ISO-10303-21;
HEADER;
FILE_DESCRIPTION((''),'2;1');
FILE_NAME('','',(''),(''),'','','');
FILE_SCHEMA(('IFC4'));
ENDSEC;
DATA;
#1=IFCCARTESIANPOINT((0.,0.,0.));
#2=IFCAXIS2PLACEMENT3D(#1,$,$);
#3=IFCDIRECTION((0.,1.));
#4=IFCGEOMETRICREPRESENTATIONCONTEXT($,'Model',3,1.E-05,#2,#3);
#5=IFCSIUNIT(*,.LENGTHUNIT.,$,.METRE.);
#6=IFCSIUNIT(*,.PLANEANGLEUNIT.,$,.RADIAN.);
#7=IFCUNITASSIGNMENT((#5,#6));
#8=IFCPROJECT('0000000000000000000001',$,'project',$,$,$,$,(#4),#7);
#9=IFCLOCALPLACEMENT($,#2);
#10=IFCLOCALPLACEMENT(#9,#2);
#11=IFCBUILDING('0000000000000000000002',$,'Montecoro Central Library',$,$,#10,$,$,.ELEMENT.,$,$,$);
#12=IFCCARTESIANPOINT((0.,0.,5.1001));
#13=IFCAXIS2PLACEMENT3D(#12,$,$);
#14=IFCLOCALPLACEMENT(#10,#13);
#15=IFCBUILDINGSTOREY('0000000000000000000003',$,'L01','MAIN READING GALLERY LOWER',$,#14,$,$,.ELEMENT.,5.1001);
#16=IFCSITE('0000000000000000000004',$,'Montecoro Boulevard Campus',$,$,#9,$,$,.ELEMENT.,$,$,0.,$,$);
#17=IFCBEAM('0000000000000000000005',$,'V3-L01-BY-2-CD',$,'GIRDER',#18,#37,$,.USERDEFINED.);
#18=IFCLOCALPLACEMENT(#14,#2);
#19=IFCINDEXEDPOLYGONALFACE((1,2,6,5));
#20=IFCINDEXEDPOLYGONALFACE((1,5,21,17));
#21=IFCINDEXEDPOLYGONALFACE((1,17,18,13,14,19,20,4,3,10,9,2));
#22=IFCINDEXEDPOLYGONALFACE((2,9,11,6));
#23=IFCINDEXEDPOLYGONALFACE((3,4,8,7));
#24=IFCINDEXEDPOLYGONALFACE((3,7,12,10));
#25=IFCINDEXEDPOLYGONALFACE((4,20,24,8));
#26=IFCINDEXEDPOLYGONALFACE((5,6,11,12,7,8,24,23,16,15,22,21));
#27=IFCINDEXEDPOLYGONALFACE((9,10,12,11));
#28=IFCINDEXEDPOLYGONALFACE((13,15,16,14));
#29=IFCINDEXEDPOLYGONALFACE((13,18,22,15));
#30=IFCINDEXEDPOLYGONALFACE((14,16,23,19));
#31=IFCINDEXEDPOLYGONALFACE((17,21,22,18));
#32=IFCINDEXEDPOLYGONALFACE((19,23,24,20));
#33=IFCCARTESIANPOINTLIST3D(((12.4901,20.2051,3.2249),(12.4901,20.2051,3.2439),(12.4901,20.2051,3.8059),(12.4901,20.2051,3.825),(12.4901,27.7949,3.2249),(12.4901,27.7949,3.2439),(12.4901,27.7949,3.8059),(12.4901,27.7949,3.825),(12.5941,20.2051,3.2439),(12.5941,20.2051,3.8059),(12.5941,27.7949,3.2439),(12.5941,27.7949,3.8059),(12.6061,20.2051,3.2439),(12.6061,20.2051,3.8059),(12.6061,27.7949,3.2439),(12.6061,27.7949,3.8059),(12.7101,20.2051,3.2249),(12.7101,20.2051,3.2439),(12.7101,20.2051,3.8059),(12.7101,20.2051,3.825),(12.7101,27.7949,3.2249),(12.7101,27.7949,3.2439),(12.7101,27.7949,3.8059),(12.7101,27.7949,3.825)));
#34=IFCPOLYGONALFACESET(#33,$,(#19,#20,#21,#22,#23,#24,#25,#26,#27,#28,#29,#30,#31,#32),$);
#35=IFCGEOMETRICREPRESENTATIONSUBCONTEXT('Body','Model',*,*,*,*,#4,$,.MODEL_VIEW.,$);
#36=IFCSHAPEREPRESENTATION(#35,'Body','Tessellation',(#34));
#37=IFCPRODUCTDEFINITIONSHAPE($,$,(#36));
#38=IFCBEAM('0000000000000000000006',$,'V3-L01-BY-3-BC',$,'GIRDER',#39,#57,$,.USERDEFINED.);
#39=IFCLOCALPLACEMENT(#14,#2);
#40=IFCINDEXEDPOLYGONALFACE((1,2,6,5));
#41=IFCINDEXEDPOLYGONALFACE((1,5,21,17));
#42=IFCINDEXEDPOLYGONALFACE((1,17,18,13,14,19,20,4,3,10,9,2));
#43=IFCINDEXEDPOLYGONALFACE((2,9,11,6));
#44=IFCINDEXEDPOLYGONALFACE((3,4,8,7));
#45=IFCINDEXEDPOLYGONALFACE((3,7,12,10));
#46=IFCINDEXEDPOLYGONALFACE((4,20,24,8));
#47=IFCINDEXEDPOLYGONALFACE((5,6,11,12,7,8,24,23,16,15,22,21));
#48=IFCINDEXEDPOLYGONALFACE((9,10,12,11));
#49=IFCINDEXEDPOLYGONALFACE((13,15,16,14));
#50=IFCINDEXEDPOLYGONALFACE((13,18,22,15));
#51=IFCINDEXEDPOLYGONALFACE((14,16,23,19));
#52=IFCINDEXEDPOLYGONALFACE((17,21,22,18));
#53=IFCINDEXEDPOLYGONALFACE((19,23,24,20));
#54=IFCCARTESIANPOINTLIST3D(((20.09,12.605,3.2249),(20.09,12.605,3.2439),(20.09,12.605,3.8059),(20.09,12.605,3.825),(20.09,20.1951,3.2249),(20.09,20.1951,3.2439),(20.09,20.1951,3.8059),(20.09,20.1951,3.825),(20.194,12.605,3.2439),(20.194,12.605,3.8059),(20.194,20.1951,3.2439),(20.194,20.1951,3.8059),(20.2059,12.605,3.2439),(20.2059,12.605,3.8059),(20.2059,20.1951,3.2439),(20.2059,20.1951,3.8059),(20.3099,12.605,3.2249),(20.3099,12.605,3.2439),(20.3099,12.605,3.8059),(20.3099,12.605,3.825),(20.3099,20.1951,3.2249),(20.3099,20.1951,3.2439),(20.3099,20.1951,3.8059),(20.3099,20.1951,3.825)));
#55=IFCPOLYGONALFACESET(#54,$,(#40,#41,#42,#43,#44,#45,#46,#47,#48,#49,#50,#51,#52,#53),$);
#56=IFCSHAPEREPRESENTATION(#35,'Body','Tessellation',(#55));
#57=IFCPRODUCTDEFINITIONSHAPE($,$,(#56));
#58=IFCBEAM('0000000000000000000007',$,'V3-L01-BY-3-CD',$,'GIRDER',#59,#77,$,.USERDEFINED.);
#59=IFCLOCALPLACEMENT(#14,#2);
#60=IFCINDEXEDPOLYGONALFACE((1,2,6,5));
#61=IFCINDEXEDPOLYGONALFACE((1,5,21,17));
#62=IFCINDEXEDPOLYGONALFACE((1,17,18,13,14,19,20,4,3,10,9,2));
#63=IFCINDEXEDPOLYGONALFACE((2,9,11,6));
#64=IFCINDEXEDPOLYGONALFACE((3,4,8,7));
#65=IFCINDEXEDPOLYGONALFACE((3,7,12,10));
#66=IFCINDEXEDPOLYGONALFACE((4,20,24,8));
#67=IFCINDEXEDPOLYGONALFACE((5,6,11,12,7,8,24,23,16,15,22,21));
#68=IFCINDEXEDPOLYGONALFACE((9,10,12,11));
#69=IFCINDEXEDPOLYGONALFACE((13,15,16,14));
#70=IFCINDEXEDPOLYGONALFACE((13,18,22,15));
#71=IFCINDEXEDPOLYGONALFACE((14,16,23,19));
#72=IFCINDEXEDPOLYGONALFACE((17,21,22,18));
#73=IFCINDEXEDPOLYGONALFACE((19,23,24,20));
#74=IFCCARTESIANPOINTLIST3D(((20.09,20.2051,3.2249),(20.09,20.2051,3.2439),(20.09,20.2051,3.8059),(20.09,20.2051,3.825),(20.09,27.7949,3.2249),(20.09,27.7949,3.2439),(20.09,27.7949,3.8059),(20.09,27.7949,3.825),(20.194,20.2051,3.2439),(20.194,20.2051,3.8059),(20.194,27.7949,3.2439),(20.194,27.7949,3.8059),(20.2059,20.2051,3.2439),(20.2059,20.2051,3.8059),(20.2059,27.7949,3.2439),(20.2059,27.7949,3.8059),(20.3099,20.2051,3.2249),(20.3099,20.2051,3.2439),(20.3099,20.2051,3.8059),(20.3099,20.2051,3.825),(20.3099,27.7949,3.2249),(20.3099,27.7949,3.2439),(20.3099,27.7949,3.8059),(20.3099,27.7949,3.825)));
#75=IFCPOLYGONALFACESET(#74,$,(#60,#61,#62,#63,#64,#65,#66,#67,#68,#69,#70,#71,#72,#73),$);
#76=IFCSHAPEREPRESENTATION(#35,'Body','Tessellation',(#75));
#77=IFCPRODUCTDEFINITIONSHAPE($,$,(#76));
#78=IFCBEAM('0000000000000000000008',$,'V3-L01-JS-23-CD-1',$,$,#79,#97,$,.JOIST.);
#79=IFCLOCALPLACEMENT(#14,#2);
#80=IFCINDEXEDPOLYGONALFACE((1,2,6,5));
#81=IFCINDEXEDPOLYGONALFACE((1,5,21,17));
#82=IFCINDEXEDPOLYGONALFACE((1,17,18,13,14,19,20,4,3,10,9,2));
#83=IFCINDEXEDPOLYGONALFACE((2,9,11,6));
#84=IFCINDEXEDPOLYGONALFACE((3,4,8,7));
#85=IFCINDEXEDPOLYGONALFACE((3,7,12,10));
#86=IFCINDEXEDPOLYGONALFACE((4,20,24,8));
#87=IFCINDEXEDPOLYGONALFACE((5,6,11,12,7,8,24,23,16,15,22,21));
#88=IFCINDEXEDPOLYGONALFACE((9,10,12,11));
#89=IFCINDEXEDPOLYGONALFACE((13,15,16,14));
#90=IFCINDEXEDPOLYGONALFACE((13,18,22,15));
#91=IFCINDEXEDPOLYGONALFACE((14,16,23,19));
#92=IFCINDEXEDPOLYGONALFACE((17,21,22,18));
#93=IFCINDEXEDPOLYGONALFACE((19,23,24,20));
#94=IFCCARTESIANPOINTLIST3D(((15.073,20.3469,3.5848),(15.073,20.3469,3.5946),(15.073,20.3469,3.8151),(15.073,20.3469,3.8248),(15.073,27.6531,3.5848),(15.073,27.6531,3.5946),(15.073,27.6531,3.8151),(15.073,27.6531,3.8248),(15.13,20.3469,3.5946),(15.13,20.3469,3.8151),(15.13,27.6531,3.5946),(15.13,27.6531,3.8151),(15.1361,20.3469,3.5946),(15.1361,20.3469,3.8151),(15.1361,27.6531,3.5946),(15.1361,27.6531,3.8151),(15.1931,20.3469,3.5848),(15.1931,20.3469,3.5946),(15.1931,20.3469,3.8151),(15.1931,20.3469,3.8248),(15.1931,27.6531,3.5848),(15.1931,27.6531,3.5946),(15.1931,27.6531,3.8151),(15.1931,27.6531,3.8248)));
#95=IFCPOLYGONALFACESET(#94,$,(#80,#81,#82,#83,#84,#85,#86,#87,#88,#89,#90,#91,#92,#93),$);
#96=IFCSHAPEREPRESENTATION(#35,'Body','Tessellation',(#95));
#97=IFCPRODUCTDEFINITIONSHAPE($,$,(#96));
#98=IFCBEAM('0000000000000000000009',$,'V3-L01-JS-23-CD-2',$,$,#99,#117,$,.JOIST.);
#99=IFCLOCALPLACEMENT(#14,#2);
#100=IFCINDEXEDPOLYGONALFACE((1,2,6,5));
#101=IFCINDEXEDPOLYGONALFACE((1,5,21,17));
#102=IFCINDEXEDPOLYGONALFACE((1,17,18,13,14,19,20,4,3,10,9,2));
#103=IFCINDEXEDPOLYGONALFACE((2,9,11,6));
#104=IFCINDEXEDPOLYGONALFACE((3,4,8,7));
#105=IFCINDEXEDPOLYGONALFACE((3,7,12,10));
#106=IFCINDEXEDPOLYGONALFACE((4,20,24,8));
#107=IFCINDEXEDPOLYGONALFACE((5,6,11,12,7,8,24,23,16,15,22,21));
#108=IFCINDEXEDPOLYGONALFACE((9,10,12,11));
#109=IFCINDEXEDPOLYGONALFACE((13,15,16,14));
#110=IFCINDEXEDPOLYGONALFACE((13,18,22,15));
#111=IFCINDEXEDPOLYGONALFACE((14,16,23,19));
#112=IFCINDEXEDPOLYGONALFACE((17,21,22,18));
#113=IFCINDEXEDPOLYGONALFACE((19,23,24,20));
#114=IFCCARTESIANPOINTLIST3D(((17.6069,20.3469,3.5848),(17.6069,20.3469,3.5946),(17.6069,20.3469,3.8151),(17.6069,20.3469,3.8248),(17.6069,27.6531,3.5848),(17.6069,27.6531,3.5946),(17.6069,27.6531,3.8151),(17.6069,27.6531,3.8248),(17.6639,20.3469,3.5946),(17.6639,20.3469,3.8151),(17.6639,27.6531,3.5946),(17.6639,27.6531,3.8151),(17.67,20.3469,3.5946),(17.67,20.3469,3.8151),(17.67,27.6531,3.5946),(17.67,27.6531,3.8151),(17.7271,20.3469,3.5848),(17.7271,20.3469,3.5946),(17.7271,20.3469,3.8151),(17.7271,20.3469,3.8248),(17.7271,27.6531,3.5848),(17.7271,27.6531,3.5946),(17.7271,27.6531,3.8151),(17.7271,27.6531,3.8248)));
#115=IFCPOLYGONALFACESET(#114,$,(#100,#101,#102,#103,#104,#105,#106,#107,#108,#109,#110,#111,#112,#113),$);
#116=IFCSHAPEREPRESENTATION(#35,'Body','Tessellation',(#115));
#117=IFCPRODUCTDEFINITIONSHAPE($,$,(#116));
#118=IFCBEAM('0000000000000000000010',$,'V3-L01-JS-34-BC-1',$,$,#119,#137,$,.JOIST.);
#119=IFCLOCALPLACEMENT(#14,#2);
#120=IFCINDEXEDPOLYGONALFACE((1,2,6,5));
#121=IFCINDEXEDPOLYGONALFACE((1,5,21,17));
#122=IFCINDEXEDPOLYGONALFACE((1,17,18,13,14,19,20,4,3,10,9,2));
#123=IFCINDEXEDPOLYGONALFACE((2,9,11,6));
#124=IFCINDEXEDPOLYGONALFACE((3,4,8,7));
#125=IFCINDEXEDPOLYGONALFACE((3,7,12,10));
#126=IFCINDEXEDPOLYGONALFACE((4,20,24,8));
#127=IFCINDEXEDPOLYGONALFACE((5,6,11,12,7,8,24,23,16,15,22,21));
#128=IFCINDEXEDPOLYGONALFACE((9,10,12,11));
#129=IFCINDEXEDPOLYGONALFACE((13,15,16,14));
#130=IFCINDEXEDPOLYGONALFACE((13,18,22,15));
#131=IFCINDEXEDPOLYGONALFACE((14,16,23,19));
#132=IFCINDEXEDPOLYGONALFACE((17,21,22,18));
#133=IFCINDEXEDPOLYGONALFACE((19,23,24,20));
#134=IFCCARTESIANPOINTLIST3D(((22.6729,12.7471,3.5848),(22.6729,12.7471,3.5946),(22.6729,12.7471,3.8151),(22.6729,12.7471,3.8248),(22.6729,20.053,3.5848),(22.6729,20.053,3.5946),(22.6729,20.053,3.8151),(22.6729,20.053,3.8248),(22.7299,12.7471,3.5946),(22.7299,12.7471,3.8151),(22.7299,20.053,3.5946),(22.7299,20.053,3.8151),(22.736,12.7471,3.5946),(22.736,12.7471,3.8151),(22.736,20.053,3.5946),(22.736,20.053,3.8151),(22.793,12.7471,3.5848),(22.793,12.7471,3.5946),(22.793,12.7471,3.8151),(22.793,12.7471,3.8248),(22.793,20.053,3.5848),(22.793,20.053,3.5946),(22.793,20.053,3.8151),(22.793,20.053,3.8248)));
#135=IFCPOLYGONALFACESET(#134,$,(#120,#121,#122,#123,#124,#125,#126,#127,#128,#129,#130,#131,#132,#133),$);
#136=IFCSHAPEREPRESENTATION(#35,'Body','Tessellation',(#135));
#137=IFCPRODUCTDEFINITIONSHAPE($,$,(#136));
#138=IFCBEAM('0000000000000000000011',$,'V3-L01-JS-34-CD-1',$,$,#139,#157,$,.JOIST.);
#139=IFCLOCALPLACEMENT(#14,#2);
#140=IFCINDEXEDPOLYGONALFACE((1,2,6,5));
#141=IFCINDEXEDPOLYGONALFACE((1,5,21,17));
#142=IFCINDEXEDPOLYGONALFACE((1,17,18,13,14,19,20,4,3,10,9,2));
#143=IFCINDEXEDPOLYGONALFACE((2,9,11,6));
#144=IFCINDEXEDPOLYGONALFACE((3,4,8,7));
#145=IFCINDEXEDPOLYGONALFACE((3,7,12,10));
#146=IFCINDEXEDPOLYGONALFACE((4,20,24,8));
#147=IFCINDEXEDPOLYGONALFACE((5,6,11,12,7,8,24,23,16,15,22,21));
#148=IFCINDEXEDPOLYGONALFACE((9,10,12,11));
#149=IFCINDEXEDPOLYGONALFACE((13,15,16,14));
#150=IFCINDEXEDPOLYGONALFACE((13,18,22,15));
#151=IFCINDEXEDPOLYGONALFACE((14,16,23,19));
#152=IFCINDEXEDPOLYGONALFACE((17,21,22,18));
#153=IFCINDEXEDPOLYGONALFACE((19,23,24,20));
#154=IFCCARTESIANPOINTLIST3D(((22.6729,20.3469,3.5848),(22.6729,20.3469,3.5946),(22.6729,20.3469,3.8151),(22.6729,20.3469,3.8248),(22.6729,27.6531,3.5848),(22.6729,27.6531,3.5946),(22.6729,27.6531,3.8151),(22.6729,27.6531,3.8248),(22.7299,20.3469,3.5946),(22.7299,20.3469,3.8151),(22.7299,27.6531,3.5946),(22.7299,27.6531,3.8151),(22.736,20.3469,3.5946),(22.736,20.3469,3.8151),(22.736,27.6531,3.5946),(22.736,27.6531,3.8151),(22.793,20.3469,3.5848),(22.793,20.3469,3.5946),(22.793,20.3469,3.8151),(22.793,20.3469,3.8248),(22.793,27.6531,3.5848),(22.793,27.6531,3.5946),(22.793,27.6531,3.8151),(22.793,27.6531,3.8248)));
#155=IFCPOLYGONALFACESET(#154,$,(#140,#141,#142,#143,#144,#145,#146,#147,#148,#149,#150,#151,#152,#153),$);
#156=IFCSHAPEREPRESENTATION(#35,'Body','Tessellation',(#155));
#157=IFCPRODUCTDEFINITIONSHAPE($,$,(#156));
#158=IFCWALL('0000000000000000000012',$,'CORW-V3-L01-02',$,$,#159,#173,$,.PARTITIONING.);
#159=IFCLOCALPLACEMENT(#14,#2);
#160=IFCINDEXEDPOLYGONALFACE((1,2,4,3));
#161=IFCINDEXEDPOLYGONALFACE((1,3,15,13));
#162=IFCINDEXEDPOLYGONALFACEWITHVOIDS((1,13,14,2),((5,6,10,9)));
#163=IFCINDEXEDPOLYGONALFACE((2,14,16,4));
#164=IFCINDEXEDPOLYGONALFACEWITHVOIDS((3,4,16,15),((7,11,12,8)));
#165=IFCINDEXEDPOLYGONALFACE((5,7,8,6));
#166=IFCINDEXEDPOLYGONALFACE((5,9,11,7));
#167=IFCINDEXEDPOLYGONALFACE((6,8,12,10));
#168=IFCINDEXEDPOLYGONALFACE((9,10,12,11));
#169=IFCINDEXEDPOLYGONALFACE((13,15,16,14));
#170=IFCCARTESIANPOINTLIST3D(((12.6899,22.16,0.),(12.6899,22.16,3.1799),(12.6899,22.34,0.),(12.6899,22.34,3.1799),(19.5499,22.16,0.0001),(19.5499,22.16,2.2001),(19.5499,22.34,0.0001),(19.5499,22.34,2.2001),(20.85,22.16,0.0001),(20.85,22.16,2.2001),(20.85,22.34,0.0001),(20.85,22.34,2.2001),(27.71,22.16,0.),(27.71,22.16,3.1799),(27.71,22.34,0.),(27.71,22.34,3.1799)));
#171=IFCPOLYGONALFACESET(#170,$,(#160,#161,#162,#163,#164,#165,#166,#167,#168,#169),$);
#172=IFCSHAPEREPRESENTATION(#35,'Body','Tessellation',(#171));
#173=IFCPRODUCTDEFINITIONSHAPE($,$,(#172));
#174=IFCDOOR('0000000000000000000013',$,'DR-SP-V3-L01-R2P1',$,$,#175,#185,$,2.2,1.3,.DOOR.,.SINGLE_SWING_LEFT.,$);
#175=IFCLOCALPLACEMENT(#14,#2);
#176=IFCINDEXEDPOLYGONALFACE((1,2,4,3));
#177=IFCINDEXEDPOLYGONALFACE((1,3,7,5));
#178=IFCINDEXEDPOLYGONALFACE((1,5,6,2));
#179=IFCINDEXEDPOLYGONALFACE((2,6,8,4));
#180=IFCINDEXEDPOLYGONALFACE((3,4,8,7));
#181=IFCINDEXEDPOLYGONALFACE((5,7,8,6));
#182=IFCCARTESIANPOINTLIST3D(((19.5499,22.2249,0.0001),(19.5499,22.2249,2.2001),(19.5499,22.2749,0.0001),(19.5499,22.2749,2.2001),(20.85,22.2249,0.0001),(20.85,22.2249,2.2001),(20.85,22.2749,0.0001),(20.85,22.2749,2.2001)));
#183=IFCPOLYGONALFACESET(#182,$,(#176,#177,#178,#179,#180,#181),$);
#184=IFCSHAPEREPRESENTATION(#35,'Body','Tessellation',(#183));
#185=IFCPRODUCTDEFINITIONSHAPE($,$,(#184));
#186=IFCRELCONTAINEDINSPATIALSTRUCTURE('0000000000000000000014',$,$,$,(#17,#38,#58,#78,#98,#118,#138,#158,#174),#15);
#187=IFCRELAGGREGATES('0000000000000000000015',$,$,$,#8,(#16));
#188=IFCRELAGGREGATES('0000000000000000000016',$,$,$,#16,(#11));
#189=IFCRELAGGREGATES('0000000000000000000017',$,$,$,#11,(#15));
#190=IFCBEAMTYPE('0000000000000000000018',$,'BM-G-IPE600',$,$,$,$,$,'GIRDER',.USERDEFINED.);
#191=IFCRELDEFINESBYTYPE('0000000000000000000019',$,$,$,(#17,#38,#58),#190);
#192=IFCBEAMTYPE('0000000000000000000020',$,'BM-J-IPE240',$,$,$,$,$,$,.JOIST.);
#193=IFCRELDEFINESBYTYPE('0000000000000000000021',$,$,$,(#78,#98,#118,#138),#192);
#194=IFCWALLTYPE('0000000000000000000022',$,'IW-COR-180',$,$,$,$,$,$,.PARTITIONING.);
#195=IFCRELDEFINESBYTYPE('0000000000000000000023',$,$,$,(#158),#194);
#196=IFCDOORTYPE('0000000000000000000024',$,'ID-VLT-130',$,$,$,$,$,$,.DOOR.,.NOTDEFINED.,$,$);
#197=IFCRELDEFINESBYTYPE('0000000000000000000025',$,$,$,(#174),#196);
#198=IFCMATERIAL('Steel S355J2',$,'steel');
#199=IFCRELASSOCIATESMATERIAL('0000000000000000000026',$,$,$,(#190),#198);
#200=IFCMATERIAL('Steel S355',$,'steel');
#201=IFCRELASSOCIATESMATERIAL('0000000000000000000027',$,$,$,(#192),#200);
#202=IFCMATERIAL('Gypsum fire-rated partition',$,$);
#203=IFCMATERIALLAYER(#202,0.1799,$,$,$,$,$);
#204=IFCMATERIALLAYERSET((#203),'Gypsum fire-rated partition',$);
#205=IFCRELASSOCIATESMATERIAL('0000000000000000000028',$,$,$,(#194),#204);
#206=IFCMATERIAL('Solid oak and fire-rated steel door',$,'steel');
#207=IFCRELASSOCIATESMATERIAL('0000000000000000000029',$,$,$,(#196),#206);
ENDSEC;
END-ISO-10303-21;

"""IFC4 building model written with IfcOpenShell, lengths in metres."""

from ifc_helpers import new_model, si_unit, direction, frame, frame_2d, origin, origin_2d, place, context, subcontext, project, spatial, rectangle, i_section, extrude, material, layer, layer_set, material_profile, profile_set, type_object, element, fill, save


model = new_model("IFC4")

# Units and contexts
model_context = context("Model", 3, precision=1e-05, world=origin(), true_north=direction((0.0, 1.0)))
body_context = subcontext(model_context, "Body", "Model", "MODEL_VIEW")
ifc_project = project(units=[si_unit("LENGTHUNIT", "METRE"), si_unit("PLANEANGLEUNIT", "RADIAN")], contexts=[model_context])

# Site, building, storey
site_placement = place(None, origin())
site = spatial("IfcSite", under=ifc_project, at=site_placement, Name="Montecoro Boulevard Campus", CompositionType="ELEMENT", RefElevation=0.0)
building_placement = place(site_placement, origin())
building = spatial("IfcBuilding", under=site, at=building_placement, Name="Montecoro Central Library", CompositionType="ELEMENT")
storey_placement = place(building_placement, frame((0.0, 0.0, 5.1001)))
storey = spatial("IfcBuildingStorey", under=building, at=storey_placement, Name="L01", Description="MAIN READING GALLERY LOWER", CompositionType="ELEMENT", Elevation=5.1001)

# Shared definitions
ifc_material_1 = material(Name="Steel S355", Category="steel")

# Beams
ifc_material_2 = material(Name="Steel S355J2", Category="steel")
ifc_material_profile_1 = material_profile(ifc_material_2, i_section(OverallWidth=0.22, OverallDepth=0.6001, WebThickness=0.012, FlangeThickness=0.019, at=origin_2d()), Name="IPE 600")
ifc_profile_set_1 = profile_set([ifc_material_profile_1], Name="Steel S355J2")
beam_type_1 = type_object("IfcBeamType", Name="BM-G-IPE600", ElementType="GIRDER", PredefinedType="USERDEFINED", material=ifc_profile_set_1)
beam_1_placement = place(storey_placement, frame((12.6001, 20.2051, 3.5249), z_axis=(0.0, 1.0, 0.0), x_axis=(-1.0, 0.0, 0.0)))
element("IfcBeam", 1, at=beam_1_placement, inside=storey, type_object=beam_type_1, Name="V3-L01-BY-2-CD", ObjectType="GIRDER", PredefinedType="USERDEFINED", context=body_context, shape_type="SweptSolid", body=[
    extrude(i_section(OverallWidth=0.22, OverallDepth=0.6001, WebThickness=0.012, FlangeThickness=0.019, at=origin_2d()), origin(), (0.0, 0.0, 1.0), 7.5898),
])
beam_2_placement = place(storey_placement, frame((20.2, 12.605, 3.5249), z_axis=(0.0, 1.0, 0.0), x_axis=(-1.0, 0.0, 0.0)))
element("IfcBeam", 2, at=beam_2_placement, inside=storey, type_object=beam_type_1, Name="V3-L01-BY-3-BC", ObjectType="GIRDER", PredefinedType="USERDEFINED", context=body_context, shape_type="SweptSolid", body=[
    extrude(i_section(OverallWidth=0.22, OverallDepth=0.6001, WebThickness=0.012, FlangeThickness=0.019, at=origin_2d()), origin(), (0.0, 0.0, 1.0), 7.5901),
])
beam_3_placement = place(storey_placement, frame((20.2, 20.2051, 3.5249), z_axis=(0.0, 1.0, 0.0), x_axis=(-1.0, 0.0, 0.0)))
element("IfcBeam", 3, at=beam_3_placement, inside=storey, type_object=beam_type_1, Name="V3-L01-BY-3-CD", ObjectType="GIRDER", PredefinedType="USERDEFINED", context=body_context, shape_type="SweptSolid", body=[
    extrude(i_section(OverallWidth=0.22, OverallDepth=0.6001, WebThickness=0.012, FlangeThickness=0.019, at=origin_2d()), origin(), (0.0, 0.0, 1.0), 7.5898),
])
ifc_material_profile_2 = material_profile(ifc_material_1, i_section(OverallWidth=0.1201, OverallDepth=0.24, WebThickness=0.0061, FlangeThickness=0.0098, at=origin_2d()), Name="IPE 240")
ifc_profile_set_2 = profile_set([ifc_material_profile_2], Name="Steel S355")
beam_type_2 = type_object("IfcBeamType", Name="BM-J-IPE240", PredefinedType="JOIST", material=ifc_profile_set_2)
for number, where, z_axis, x_axis, name in (
    (4, (15.1331, 20.3469, 3.7048), (0.0, 1.0, 0.0), (-1.0, 0.0, 0.0), "V3-L01-JS-23-CD-1"),
    (5, (17.667, 20.3469, 3.7048), (0.0, 1.0, 0.0), (-1.0, 0.0, 0.0), "V3-L01-JS-23-CD-2"),
):
    element("IfcBeam", number, at=place(storey_placement, frame(where, z_axis=z_axis, x_axis=x_axis)), inside=storey, type_object=beam_type_2, Name=name, PredefinedType="JOIST", context=body_context, shape_type="SweptSolid", body=[
        extrude(i_section(OverallWidth=0.1201, OverallDepth=0.24, WebThickness=0.0061, FlangeThickness=0.0098, at=origin_2d()), origin(), (0.0, 0.0, 1.0), 7.3062),
    ])
beam_4_placement = place(storey_placement, frame((22.7329, 12.7471, 3.7048), z_axis=(0.0, 1.0, 0.0), x_axis=(-1.0, 0.0, 0.0)))
element("IfcBeam", 6, at=beam_4_placement, inside=storey, type_object=beam_type_2, Name="V3-L01-JS-34-BC-1", PredefinedType="JOIST", context=body_context, shape_type="SweptSolid", body=[
    extrude(i_section(OverallWidth=0.1201, OverallDepth=0.24, WebThickness=0.0061, FlangeThickness=0.0098, at=origin_2d()), origin(), (0.0, 0.0, 1.0), 7.3059),
])
beam_5_placement = place(storey_placement, frame((22.7329, 20.3469, 3.7048), z_axis=(0.0, 1.0, 0.0), x_axis=(-1.0, 0.0, 0.0)))
element("IfcBeam", 7, at=beam_5_placement, inside=storey, type_object=beam_type_2, Name="V3-L01-JS-34-CD-1", PredefinedType="JOIST", context=body_context, shape_type="SweptSolid", body=[
    extrude(i_section(OverallWidth=0.1201, OverallDepth=0.24, WebThickness=0.0061, FlangeThickness=0.0098, at=origin_2d()), origin(), (0.0, 0.0, 1.0), 7.3062),
])

# Wall, opening, door
ifc_material_3 = material(Name="Gypsum fire-rated partition")
ifc_layer_1 = layer(ifc_material_3, 0.1799)
ifc_layer_set_1 = layer_set([ifc_layer_1], Name="Gypsum fire-rated partition")
wall_type_1 = type_object("IfcWallType", Name="IW-COR-180", PredefinedType="PARTITIONING", material=ifc_layer_set_1)
wall_1_placement = place(storey_placement, frame((12.6899, 22.25, 0.0), z_axis=(0.0, 0.0, 1.0), x_axis=(1.0, 0.0, 0.0)))
wall_1 = element("IfcWall", 8, at=wall_1_placement, inside=storey, type_object=wall_type_1, Name="CORW-V3-L01-02", PredefinedType="PARTITIONING", context=body_context, shape_type="SweptSolid", body=[
    extrude(rectangle(XDim=15.02, YDim=0.1799, at=frame_2d((7.51, 0.0))), origin(), (0.0, 0.0, 1.0), 3.1799),
])
opening_1_placement = place(wall_1_placement, frame((6.8601, 0.0, 0.0)))
opening_1 = element("IfcOpeningElement", 9, at=opening_1_placement, cuts=wall_1, PredefinedType="OPENING", context=body_context, shape_type="SweptSolid", body=[
    extrude(rectangle(XDim=1.3, YDim=2.2, at=frame_2d((0.6499, 1.1001))), frame((0.0, 0.0999, 0.0), z_axis=(0.0, -1.0, 0.0), x_axis=(1.0, 0.0, 0.0)), (0.0, 0.0, 1.0), 0.2),
])
ifc_material_4 = material(Name="Solid oak and fire-rated steel door", Category="steel")
door_type_1 = type_object("IfcDoorType", Name="ID-VLT-130", OperationType="NOTDEFINED", PredefinedType="DOOR", material=ifc_material_4)
door_1_placement = place(opening_1_placement, origin())
door_1 = element("IfcDoor", 10, at=door_1_placement, inside=storey, type_object=door_type_1, Name="DR-SP-V3-L01-R2P1", OperationType="SINGLE_SWING_LEFT", OverallHeight=2.2, OverallWidth=1.3, PredefinedType="DOOR", context=body_context, shape_type="SweptSolid", body=[
    extrude(rectangle(XDim=1.3, YDim=2.2, at=frame_2d((0.6499, 1.1001))), frame((0.0, 0.0249, 0.0), z_axis=(0.0, -1.0, 0.0), x_axis=(1.0, 0.0, 0.0)), (0.0, 0.0, 1.0), 0.05),
])
fill(opening_1, door_1)

save(model, "model.ifc")
